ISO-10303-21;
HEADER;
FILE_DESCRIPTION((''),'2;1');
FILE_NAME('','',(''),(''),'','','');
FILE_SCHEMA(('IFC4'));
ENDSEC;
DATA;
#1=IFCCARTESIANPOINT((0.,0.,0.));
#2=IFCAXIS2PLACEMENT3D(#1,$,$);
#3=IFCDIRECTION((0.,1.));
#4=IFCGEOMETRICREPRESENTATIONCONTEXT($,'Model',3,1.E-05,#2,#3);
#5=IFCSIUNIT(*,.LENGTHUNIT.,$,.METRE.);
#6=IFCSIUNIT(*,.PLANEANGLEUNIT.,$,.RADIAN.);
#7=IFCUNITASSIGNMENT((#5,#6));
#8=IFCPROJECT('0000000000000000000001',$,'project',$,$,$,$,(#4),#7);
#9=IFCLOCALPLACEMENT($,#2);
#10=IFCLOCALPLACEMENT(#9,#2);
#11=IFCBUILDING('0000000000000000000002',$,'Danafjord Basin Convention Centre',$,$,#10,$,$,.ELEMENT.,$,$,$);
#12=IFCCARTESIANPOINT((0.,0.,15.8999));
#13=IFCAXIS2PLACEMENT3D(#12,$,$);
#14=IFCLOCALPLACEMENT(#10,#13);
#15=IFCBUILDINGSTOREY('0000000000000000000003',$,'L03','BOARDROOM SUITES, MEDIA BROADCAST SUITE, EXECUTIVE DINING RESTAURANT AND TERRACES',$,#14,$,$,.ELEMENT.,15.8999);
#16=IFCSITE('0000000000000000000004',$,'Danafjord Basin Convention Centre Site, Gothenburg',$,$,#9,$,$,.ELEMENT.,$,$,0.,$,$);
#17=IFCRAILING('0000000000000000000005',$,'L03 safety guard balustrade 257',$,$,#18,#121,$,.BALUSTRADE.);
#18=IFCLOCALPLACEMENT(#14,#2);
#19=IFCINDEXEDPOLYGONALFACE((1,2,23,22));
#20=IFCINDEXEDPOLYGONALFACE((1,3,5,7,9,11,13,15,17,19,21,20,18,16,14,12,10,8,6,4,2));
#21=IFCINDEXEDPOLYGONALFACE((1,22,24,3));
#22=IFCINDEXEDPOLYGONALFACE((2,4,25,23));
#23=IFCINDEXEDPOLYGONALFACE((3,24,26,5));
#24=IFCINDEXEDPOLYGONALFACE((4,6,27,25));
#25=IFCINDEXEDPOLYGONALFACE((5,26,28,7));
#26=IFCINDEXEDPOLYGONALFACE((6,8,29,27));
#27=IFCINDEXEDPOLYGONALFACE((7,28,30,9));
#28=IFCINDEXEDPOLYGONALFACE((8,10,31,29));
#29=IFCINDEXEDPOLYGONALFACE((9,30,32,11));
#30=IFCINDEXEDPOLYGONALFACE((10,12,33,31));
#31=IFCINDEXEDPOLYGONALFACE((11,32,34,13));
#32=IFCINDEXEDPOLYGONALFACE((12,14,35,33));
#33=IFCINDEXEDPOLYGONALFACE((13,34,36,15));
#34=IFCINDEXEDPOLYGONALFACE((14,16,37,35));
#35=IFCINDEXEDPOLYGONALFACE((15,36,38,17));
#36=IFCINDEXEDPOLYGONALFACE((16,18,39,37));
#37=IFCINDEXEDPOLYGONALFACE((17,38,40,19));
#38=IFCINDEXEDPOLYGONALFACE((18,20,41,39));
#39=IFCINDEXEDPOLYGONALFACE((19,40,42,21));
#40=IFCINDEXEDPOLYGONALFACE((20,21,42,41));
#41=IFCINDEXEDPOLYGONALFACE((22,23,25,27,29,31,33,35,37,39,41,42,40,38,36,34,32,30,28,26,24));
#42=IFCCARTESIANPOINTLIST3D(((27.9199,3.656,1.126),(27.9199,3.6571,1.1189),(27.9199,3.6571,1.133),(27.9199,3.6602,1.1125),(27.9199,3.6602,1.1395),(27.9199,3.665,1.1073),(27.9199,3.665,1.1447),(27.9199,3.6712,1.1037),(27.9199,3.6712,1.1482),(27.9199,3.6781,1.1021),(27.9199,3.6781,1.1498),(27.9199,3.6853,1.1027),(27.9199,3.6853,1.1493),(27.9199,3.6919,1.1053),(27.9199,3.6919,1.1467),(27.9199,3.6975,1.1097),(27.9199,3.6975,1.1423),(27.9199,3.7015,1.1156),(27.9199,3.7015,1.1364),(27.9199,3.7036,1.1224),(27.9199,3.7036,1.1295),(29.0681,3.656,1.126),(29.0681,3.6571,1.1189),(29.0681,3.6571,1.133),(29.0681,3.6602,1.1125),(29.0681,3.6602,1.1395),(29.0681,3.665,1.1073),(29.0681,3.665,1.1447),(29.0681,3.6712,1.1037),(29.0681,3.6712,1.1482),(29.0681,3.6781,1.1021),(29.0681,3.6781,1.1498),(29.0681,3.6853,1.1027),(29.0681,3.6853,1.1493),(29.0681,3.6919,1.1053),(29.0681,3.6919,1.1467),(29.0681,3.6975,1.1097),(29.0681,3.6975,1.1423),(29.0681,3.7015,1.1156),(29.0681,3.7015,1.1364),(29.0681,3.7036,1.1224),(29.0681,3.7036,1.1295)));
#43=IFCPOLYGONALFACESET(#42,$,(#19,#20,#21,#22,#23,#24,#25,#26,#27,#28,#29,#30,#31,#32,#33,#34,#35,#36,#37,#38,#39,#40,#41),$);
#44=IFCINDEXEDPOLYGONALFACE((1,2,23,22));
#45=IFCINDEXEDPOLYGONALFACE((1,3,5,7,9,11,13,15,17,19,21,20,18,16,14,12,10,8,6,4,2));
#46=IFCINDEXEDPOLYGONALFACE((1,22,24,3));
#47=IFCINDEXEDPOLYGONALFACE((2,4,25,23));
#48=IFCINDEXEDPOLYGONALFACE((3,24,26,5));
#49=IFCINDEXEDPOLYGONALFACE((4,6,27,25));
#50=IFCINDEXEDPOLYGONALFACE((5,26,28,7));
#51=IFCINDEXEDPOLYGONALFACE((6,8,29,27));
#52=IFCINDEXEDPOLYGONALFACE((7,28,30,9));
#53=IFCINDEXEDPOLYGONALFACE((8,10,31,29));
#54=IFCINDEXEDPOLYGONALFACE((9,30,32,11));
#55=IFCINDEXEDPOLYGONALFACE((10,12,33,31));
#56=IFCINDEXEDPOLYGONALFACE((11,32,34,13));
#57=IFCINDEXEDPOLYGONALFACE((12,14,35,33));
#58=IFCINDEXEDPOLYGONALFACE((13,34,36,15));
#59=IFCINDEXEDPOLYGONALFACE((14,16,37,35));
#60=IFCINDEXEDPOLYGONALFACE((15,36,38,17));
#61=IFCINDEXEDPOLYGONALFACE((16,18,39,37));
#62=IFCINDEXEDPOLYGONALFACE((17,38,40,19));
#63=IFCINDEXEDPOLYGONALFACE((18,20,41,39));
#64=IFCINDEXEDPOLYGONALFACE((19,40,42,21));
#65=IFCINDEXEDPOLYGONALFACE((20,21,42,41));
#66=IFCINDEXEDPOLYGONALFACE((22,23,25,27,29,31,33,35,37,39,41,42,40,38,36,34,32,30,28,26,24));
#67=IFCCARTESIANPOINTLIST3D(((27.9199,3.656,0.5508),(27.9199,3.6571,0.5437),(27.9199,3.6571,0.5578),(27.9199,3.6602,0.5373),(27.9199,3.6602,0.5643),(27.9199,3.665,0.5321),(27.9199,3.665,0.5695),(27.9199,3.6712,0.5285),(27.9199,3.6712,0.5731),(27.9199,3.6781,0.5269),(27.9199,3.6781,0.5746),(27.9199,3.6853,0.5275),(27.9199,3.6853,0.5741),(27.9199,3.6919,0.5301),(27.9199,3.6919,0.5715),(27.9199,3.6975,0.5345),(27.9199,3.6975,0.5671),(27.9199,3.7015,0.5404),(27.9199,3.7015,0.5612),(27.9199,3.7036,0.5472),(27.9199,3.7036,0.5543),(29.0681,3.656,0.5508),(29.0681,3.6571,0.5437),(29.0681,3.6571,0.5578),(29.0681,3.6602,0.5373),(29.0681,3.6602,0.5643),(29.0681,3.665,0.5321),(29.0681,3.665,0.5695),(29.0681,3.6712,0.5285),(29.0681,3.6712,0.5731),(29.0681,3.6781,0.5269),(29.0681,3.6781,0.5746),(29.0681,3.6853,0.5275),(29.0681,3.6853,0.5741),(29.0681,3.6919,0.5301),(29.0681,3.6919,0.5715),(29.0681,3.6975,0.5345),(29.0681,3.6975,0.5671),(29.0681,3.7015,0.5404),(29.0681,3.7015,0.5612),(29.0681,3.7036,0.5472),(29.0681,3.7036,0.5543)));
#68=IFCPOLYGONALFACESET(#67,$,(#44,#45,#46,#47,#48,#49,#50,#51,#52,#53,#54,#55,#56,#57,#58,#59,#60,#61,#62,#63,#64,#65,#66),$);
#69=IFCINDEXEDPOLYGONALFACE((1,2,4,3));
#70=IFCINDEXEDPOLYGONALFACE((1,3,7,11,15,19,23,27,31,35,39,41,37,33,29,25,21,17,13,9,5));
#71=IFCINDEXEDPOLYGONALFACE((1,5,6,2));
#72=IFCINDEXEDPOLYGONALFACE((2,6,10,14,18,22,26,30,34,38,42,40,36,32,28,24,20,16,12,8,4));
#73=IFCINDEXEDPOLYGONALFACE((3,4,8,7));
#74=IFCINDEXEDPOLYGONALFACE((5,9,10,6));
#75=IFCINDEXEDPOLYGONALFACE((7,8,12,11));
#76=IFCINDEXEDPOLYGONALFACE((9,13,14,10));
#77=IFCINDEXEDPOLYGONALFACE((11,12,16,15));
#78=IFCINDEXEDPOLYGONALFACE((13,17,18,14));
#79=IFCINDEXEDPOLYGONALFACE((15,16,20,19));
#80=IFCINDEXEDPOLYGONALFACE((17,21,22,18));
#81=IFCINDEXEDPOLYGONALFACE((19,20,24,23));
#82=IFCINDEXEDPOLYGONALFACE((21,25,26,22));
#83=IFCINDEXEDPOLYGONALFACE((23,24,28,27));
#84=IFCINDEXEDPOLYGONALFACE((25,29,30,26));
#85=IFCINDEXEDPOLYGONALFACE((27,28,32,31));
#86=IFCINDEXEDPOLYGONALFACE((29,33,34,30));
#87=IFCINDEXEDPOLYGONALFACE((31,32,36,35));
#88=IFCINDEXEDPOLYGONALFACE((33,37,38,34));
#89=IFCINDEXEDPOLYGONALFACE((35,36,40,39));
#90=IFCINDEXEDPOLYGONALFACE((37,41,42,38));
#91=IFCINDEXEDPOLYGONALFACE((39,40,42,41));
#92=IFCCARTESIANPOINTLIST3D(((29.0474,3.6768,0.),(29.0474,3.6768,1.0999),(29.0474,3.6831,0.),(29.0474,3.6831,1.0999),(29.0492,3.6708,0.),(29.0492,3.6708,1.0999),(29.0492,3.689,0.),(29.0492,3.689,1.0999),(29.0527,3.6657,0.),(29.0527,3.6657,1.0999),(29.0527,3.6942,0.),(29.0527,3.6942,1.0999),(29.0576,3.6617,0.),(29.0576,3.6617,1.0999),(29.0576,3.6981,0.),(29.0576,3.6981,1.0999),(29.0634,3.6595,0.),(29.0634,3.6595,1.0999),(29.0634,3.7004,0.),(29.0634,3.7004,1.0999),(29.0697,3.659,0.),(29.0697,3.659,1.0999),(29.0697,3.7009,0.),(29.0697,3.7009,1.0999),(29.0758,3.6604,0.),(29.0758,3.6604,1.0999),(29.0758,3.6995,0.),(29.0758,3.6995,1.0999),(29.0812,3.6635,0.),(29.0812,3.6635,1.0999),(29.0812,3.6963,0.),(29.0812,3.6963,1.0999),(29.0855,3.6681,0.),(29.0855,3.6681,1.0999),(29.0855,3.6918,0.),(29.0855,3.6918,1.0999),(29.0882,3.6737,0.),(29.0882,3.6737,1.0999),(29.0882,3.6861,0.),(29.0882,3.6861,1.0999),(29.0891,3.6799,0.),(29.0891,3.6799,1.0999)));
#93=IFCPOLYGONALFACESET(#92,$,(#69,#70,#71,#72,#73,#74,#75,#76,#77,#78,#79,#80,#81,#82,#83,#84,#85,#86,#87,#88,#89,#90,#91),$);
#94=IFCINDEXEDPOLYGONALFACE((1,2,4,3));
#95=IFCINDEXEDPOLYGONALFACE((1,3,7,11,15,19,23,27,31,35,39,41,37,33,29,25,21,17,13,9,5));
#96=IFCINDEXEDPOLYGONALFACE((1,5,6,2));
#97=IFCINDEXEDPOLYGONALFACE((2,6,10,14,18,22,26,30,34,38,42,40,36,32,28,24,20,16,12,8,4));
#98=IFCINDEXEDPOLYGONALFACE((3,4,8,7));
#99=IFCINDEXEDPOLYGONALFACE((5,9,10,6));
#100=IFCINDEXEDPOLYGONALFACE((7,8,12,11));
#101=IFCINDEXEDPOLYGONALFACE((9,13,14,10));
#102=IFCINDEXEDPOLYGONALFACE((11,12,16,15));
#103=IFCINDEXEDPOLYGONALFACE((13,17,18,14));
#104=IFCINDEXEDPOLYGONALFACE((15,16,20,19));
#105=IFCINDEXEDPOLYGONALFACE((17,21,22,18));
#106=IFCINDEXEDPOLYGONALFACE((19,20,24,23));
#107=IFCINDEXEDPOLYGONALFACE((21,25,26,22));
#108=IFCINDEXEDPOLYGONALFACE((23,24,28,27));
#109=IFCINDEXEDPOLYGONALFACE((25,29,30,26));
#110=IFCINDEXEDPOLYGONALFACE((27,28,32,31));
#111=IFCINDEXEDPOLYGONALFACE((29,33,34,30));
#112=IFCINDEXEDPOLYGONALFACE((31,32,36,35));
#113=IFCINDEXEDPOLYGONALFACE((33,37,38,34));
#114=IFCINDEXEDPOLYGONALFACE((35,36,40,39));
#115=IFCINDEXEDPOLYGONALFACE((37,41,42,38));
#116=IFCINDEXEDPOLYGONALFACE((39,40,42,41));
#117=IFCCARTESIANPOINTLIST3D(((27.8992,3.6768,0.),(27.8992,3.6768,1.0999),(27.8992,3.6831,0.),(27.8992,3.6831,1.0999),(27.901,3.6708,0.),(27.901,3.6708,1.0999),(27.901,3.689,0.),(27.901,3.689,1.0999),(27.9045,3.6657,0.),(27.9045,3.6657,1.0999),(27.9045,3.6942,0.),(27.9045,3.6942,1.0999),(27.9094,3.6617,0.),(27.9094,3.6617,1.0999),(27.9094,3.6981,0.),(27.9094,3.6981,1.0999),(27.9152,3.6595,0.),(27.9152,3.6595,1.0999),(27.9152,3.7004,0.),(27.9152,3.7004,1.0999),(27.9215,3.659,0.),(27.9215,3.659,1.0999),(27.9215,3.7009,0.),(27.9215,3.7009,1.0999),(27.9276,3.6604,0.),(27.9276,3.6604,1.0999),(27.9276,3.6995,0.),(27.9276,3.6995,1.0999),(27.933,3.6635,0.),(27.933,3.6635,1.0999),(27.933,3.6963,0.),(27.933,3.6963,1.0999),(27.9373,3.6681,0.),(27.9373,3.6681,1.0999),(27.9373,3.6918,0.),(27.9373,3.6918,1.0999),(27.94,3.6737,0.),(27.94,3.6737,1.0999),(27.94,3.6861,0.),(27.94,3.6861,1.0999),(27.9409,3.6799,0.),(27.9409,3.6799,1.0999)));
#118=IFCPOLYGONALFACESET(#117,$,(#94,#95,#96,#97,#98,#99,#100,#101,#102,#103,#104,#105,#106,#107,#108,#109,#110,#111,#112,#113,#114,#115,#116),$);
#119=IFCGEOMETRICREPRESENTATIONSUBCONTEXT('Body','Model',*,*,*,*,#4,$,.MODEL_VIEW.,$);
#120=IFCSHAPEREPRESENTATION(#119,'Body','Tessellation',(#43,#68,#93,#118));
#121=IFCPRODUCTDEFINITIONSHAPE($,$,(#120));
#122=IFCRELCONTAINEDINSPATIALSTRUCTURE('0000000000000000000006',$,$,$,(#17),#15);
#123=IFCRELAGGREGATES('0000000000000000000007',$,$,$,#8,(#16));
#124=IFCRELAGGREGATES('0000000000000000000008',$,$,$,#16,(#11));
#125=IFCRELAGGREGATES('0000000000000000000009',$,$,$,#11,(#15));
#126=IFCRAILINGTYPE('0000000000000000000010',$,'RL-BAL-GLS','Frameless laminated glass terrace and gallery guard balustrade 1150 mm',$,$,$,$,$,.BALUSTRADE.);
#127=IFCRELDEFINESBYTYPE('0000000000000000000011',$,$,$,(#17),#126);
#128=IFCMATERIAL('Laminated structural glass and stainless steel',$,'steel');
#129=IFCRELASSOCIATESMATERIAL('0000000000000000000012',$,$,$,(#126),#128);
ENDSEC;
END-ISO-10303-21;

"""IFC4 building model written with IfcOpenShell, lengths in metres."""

from ifc_helpers import new_model, si_unit, direction, frame, origin, origin_2d, place, context, subcontext, project, spatial, circle, extrude, material, type_object, element, save


model = new_model("IFC4")

# Units and contexts
model_context = context("Model", 3, precision=1e-05, world=origin(), true_north=direction((0.0, 1.0)))
body_context = subcontext(model_context, "Body", "Model", "MODEL_VIEW")
ifc_project = project(units=[si_unit("LENGTHUNIT", "METRE"), si_unit("PLANEANGLEUNIT", "RADIAN")], contexts=[model_context])

# Site, building, storey
site_placement = place(None, origin())
site = spatial("IfcSite", under=ifc_project, at=site_placement, Name="Danafjord Basin Convention Centre Site, Gothenburg", CompositionType="ELEMENT", RefElevation=0.0)
building_placement = place(site_placement, origin())
building = spatial("IfcBuilding", under=site, at=building_placement, Name="Danafjord Basin Convention Centre", CompositionType="ELEMENT")
storey_placement = place(building_placement, frame((0.0, 0.0, 15.8999)))
storey = spatial("IfcBuildingStorey", under=building, at=storey_placement, Name="L03", Description="BOARDROOM SUITES, MEDIA BROADCAST SUITE, EXECUTIVE DINING RESTAURANT AND TERRACES", CompositionType="ELEMENT", Elevation=15.8999)

# Railing
ifc_material_1 = material(Name="Laminated structural glass and stainless steel", Category="steel")
railing_type = type_object("IfcRailingType", Name="RL-BAL-GLS", Description="Frameless laminated glass terrace and gallery guard balustrade 1150 mm", PredefinedType="BALUSTRADE", material=ifc_material_1)
railing_1_placement = place(storey_placement, frame((29.0681, 3.6799, 0.0)))
element("IfcRailing", 1, at=railing_1_placement, inside=storey, type_object=railing_type, Name="L03 safety guard balustrade 257", PredefinedType="BALUSTRADE", context=body_context, shape_type="SweptSolid", body=[
    extrude(circle(Radius=0.0239, at=origin_2d()), frame((0.0, 0.0, 1.126), z_axis=(-1.0, 0.0, 0.0), x_axis=(0.0, -1.0, 0.0)), (0.0, 0.0, 1.0), 1.1482),
    extrude(circle(Radius=0.0239, at=origin_2d()), frame((0.0, 0.0, 0.5508), z_axis=(-1.0, 0.0, 0.0), x_axis=(0.0, -1.0, 0.0)), (0.0, 0.0, 1.0), 1.1482),
    extrude(circle(Radius=0.021, at=origin_2d()), origin(), (0.0, 0.0, 1.0), 1.0999),
    extrude(circle(Radius=0.021, at=origin_2d()), frame((-1.1482, 0.0, 0.0)), (0.0, 0.0, 1.0), 1.0999),
])

save(model, "model.ifc")
